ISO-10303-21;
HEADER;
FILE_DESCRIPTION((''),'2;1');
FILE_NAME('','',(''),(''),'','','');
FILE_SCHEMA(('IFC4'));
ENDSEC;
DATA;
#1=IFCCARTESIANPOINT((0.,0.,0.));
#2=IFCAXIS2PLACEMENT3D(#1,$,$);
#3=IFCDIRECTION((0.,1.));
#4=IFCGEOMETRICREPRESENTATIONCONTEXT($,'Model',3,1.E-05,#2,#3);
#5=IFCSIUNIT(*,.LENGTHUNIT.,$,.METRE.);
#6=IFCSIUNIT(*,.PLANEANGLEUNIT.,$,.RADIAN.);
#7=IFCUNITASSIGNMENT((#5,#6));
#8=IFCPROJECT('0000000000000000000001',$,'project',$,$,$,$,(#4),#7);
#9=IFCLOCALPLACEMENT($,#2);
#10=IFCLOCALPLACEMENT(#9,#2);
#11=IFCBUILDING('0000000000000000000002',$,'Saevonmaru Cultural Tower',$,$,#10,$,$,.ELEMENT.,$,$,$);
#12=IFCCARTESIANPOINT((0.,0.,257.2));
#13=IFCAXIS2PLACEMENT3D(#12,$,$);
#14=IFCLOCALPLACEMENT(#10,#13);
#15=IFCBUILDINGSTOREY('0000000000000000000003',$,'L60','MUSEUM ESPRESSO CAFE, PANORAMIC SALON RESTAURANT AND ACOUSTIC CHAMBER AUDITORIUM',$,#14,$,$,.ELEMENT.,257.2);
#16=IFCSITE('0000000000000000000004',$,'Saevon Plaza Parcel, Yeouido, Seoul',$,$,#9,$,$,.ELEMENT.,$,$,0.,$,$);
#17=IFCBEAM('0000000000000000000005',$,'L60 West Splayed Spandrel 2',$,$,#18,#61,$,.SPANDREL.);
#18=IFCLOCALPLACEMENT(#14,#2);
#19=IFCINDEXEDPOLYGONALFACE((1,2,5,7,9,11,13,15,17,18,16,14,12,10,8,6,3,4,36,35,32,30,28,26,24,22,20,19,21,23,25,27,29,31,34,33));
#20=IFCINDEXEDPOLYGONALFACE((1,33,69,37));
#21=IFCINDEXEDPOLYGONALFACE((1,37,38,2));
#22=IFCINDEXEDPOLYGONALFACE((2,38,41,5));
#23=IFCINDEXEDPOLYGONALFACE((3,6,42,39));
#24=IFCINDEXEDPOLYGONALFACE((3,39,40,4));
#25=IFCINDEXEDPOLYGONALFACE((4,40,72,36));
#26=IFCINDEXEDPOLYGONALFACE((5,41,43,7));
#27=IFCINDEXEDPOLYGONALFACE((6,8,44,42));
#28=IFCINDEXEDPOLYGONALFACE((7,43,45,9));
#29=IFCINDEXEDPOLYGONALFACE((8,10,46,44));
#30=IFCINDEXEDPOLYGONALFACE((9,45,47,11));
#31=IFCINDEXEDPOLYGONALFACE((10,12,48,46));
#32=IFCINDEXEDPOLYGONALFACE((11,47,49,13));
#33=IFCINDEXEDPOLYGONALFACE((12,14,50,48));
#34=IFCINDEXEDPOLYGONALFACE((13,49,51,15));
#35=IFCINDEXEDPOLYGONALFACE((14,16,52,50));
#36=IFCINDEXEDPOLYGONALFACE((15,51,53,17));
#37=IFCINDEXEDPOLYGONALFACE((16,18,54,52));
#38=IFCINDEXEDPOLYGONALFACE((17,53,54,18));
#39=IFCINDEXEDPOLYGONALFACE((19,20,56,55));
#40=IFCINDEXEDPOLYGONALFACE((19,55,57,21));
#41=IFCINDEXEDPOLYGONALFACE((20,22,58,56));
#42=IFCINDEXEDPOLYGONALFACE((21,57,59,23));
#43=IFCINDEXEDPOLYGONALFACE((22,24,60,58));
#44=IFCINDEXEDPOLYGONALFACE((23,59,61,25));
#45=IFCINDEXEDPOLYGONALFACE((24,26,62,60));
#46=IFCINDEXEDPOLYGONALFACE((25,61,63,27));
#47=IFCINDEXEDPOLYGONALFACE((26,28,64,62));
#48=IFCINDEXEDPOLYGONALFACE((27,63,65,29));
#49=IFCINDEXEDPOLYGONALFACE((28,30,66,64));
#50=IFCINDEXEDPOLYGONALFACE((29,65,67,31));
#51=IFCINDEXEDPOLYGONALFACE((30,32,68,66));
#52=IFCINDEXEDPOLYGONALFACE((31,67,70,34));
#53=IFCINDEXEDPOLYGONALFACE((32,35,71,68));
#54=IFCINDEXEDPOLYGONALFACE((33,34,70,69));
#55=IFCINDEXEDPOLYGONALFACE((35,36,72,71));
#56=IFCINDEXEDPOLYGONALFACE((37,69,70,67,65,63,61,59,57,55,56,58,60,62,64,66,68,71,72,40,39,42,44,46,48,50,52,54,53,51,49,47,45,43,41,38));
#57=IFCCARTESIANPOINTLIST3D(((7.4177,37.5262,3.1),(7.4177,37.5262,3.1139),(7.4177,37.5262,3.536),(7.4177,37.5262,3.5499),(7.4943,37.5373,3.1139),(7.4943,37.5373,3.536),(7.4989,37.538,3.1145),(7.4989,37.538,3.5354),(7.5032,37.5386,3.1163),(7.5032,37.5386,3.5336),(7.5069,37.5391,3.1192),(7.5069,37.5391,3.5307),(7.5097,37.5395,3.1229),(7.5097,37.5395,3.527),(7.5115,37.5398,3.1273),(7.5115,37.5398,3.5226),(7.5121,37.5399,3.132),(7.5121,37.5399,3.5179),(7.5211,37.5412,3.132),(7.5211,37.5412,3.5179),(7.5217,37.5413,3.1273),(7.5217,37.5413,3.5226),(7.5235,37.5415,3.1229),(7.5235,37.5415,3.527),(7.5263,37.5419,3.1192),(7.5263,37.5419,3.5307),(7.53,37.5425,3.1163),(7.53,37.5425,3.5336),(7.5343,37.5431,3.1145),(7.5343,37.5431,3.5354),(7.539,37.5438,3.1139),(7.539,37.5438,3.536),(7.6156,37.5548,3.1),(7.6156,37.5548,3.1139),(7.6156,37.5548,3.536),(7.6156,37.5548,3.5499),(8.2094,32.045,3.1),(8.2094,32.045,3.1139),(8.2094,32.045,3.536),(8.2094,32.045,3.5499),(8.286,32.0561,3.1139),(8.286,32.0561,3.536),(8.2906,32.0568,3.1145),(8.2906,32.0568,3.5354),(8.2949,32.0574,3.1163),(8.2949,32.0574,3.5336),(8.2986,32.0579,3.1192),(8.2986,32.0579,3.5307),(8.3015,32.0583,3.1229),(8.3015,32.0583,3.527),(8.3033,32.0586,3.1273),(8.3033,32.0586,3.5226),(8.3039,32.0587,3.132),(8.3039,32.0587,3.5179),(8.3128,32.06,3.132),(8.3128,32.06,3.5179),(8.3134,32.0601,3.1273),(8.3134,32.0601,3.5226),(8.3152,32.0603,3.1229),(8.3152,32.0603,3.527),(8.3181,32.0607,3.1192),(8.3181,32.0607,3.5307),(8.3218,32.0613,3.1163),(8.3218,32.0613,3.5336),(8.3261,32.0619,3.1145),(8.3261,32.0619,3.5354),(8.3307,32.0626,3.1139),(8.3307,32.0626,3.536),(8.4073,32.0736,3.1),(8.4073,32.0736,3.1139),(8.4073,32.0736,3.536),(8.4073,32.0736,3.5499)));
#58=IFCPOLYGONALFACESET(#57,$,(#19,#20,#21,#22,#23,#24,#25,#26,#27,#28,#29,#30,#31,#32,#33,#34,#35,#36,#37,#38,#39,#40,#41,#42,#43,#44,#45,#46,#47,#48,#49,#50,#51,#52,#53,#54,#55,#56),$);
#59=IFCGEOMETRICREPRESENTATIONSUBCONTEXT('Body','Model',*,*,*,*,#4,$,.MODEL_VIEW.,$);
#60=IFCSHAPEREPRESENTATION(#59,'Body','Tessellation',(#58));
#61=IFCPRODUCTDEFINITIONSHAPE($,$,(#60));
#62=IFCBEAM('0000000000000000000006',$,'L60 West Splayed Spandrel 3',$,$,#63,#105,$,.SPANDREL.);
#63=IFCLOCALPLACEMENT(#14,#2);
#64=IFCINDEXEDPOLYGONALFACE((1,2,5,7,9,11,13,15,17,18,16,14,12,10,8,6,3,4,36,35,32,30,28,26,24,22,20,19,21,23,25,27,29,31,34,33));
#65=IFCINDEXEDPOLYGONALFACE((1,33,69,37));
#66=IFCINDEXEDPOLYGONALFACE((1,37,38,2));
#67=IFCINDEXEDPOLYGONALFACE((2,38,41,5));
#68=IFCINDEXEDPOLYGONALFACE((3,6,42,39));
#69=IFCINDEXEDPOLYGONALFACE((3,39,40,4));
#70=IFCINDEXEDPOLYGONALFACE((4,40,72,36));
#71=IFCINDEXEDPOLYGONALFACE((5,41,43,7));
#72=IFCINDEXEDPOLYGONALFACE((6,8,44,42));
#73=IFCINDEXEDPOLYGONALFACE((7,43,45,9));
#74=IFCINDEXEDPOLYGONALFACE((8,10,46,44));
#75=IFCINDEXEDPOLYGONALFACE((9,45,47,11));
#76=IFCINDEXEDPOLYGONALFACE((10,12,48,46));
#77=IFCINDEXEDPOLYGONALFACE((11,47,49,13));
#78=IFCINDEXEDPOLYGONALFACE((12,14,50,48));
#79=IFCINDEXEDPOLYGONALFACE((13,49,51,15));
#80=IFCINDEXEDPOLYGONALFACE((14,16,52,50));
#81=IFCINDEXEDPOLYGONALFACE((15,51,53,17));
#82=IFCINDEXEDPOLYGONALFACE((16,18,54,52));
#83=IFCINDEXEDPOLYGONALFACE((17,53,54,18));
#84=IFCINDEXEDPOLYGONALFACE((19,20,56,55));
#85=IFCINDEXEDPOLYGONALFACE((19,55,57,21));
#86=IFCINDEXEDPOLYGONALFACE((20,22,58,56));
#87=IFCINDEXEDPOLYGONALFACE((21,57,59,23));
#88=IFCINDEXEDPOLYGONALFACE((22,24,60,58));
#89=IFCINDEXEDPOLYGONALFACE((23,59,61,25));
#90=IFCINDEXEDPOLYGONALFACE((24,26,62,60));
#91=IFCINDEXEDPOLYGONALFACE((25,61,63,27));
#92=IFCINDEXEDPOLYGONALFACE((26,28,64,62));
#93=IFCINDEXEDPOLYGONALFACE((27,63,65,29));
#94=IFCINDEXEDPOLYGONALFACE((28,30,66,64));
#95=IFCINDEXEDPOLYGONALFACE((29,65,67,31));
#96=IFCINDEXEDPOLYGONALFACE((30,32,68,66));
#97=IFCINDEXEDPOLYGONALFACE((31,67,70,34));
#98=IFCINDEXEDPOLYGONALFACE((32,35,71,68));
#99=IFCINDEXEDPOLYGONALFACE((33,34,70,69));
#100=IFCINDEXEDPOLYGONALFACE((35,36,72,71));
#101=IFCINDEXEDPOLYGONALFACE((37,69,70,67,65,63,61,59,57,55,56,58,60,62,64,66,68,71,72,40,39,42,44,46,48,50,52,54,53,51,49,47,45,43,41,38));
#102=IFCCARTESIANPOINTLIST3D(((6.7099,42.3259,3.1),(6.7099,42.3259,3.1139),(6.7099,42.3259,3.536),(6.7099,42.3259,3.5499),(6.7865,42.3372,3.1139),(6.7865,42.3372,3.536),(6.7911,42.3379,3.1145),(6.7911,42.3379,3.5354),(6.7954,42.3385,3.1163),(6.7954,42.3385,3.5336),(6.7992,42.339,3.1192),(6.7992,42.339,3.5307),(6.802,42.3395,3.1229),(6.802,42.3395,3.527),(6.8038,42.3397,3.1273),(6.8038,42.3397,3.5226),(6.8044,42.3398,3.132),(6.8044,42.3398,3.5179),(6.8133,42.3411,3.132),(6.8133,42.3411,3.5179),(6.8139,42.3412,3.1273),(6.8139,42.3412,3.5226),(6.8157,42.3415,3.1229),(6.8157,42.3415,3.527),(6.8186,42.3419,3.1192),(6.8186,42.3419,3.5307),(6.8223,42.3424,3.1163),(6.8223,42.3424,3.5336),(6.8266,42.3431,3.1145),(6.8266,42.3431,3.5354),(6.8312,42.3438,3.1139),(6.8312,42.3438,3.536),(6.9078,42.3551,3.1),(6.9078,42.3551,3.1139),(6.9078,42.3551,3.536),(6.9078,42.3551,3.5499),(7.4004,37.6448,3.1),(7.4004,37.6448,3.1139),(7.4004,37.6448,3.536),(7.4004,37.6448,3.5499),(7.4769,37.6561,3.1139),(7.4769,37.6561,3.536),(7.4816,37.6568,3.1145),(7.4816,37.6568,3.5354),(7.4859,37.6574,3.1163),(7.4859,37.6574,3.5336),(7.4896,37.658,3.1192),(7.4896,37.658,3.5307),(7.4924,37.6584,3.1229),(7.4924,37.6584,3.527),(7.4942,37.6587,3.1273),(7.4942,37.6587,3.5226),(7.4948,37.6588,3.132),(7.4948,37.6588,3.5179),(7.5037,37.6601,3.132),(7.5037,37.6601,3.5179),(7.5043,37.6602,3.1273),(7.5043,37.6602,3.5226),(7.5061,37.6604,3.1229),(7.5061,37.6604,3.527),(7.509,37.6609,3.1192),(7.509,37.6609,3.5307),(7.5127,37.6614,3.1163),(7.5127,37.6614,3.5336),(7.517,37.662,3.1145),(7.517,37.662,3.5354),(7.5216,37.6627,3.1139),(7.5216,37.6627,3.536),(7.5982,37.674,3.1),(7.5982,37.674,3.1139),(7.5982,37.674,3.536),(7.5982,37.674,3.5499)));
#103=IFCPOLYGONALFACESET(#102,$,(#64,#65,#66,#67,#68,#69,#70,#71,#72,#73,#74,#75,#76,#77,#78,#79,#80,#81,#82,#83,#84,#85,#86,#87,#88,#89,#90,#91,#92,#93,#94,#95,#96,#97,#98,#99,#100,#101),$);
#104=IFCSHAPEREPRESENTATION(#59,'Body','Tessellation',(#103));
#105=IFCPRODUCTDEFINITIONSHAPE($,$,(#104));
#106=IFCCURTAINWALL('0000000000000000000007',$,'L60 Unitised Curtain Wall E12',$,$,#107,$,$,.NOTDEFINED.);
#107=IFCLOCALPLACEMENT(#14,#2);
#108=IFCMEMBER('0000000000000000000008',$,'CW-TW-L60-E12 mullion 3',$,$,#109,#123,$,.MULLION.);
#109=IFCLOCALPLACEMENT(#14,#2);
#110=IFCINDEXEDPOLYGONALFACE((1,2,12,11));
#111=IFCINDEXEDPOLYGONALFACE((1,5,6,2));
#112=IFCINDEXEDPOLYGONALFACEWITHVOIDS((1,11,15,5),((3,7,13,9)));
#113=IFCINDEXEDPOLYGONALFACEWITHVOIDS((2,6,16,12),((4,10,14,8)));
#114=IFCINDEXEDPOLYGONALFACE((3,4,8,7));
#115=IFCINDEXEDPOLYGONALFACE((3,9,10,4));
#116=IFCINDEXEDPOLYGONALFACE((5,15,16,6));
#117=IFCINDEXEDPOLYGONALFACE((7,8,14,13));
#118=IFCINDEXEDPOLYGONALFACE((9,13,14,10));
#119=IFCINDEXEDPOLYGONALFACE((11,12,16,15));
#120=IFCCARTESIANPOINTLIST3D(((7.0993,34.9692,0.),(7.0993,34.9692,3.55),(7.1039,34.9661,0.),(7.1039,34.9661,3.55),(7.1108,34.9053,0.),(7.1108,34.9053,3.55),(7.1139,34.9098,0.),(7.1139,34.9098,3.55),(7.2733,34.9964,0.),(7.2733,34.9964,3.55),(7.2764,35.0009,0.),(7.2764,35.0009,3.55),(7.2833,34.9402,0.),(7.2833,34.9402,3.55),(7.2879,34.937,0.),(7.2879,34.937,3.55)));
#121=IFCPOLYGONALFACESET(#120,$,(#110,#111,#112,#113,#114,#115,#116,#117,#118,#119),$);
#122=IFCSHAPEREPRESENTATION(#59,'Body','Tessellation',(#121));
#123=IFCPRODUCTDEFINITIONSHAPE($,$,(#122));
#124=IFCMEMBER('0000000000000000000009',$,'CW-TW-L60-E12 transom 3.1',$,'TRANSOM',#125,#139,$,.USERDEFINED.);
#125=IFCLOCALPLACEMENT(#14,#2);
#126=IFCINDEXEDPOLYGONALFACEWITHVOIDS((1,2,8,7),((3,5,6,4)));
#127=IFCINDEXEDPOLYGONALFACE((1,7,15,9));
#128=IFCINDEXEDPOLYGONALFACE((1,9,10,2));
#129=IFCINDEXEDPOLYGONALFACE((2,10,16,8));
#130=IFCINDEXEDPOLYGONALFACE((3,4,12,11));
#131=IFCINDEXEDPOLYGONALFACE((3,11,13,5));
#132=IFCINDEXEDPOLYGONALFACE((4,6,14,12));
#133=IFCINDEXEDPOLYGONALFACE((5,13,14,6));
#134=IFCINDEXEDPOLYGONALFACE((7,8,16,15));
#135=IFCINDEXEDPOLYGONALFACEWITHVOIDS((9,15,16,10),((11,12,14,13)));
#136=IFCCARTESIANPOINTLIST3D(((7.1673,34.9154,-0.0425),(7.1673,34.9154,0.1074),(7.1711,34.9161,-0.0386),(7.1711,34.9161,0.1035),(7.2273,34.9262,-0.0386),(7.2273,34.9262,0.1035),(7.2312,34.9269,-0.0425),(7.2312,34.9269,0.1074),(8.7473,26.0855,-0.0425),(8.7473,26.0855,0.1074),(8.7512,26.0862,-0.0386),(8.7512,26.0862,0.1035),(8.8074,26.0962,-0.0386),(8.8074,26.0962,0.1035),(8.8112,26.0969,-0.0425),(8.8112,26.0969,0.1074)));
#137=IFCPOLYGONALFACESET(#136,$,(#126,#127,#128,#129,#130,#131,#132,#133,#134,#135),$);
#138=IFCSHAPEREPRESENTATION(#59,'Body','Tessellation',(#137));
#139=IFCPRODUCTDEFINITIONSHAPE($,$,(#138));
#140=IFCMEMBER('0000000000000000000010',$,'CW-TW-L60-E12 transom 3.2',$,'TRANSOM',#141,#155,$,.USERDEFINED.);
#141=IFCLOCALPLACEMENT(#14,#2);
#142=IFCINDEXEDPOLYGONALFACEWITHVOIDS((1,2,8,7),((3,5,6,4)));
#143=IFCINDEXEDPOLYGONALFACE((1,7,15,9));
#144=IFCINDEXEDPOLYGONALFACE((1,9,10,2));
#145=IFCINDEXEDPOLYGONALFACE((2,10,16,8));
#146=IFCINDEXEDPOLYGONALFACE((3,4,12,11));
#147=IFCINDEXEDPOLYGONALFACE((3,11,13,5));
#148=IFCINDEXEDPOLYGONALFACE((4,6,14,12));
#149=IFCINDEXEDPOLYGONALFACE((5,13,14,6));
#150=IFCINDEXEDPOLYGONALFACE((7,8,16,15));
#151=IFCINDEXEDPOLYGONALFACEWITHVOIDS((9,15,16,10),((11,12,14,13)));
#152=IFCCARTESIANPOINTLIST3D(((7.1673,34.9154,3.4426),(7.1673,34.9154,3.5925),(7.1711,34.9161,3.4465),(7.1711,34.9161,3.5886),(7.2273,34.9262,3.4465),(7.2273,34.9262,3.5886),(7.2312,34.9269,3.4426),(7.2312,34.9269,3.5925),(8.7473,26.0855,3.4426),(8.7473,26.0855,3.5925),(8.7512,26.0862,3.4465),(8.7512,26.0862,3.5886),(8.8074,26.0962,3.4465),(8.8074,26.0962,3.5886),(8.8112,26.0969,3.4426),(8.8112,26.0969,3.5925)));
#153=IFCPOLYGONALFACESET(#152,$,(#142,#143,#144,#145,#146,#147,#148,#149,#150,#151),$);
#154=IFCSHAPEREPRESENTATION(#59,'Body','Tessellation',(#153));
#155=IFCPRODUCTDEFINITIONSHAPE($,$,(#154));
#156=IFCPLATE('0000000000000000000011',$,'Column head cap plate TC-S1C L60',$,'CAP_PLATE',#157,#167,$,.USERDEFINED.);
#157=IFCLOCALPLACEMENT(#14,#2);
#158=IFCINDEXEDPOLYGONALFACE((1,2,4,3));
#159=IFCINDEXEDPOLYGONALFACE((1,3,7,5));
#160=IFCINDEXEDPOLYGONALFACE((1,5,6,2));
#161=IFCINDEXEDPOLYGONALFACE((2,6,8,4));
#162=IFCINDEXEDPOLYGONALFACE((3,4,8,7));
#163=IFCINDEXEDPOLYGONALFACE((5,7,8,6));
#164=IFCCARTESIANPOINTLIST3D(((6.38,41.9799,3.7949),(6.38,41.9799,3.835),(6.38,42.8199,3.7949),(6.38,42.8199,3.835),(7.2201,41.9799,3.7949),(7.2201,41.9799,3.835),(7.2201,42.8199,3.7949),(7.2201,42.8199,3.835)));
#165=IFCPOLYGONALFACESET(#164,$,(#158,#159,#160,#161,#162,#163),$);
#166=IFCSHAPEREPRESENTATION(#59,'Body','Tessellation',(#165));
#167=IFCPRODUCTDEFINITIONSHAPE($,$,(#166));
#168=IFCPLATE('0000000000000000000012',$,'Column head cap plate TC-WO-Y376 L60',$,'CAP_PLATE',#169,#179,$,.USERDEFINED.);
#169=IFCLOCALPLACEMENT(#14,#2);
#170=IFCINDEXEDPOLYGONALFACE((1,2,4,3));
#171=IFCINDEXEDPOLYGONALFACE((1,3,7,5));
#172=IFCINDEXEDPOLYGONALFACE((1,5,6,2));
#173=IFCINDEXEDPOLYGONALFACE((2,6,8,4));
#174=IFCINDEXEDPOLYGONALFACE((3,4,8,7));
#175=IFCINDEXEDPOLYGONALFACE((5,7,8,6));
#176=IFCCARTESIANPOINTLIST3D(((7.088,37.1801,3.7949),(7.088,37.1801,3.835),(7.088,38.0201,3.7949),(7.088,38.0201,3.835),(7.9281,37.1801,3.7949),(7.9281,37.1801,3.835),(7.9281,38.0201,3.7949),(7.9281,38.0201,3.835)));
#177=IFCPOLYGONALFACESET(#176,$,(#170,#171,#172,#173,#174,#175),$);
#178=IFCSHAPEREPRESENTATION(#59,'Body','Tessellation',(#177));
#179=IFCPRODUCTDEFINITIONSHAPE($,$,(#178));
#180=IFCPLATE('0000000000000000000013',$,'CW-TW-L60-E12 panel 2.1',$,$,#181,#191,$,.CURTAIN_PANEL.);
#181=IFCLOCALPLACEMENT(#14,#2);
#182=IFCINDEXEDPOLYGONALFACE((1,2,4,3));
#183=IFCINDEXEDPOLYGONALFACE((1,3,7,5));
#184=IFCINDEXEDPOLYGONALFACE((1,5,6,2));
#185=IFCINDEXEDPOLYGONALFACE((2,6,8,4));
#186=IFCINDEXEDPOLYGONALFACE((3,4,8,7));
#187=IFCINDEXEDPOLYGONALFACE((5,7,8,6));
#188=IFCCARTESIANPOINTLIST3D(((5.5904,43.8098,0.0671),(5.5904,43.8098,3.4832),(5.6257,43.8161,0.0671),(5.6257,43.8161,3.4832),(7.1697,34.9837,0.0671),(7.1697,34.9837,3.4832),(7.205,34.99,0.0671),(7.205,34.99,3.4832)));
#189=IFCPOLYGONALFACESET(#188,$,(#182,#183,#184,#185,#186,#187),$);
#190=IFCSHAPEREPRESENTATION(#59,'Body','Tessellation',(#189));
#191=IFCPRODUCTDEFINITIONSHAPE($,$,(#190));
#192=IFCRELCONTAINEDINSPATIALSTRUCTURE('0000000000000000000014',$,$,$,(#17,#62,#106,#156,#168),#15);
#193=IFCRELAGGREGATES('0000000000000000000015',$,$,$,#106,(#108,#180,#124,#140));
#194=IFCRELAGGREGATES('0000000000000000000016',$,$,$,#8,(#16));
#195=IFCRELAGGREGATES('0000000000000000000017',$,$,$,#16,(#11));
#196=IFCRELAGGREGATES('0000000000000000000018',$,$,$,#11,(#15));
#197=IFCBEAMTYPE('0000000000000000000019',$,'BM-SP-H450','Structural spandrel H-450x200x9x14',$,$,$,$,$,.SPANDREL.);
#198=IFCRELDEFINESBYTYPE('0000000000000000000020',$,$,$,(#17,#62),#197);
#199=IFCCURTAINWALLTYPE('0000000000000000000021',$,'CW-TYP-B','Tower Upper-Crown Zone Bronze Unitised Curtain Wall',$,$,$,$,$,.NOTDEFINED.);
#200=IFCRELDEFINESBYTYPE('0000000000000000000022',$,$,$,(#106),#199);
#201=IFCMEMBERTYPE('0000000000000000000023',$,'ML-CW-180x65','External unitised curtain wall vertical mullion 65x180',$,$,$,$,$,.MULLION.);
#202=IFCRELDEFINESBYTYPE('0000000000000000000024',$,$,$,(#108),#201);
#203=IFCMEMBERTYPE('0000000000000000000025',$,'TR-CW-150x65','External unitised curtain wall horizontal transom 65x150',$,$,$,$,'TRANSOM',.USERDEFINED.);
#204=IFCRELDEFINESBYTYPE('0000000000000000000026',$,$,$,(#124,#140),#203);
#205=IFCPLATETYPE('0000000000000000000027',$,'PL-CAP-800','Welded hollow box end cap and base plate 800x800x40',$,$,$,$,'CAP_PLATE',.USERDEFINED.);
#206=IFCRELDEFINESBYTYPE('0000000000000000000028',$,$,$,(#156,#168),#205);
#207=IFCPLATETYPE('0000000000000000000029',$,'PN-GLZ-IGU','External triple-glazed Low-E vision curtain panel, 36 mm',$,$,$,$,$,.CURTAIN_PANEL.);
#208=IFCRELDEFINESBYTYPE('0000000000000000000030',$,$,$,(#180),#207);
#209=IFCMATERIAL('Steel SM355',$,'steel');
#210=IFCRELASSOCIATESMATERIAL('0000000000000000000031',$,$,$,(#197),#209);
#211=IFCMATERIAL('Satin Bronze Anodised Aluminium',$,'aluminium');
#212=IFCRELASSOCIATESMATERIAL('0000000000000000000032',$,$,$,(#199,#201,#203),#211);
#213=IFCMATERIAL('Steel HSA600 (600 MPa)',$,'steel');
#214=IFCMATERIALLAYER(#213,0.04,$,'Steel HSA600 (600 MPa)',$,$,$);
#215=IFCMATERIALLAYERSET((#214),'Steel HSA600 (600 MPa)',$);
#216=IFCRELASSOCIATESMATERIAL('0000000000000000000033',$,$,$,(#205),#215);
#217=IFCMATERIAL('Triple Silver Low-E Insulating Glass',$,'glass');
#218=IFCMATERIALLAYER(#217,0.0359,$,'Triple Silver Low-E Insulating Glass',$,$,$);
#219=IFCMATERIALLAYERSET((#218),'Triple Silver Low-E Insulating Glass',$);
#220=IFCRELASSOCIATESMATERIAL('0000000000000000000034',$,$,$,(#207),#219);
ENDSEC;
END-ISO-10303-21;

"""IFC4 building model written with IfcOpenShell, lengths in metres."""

from ifc_helpers import new_model, si_unit, direction, frame, origin, origin_2d, place, context, subcontext, project, spatial, rectangle, hollow_rectangle, i_section, extrude, material, layer, layer_set, material_profile, profile_set, type_object, element, aggregate, save


model = new_model("IFC4")

# Units and contexts
model_context = context("Model", 3, precision=1e-05, world=origin(), true_north=direction((0.0, 1.0)))
body_context = subcontext(model_context, "Body", "Model", "MODEL_VIEW")
ifc_project = project(units=[si_unit("LENGTHUNIT", "METRE"), si_unit("PLANEANGLEUNIT", "RADIAN")], contexts=[model_context])

# Site, building, storey
site_placement = place(None, origin())
site = spatial("IfcSite", under=ifc_project, at=site_placement, Name="Saevon Plaza Parcel, Yeouido, Seoul", CompositionType="ELEMENT", RefElevation=0.0)
building_placement = place(site_placement, origin())
building = spatial("IfcBuilding", under=site, at=building_placement, Name="Saevonmaru Cultural Tower", CompositionType="ELEMENT")
storey_placement = place(building_placement, frame((0.0, 0.0, 257.2)))
storey = spatial("IfcBuildingStorey", under=building, at=storey_placement, Name="L60", Description="MUSEUM ESPRESSO CAFE, PANORAMIC SALON RESTAURANT AND ACOUSTIC CHAMBER AUDITORIUM", CompositionType="ELEMENT", Elevation=257.2)

# Beams
ifc_material_1 = material(Name="Steel SM355", Category="steel")
ifc_material_profile_1 = material_profile(ifc_material_1, i_section(OverallWidth=0.2, OverallDepth=0.45, WebThickness=0.009, FlangeThickness=0.0139, FilletRadius=0.0181, at=origin_2d()), Name="H-450x200x9x14")
ifc_profile_set_1 = profile_set([ifc_material_profile_1], Name="Steel SM355")
beam_type_1 = type_object("IfcBeamType", Name="BM-SP-H450", Description="Structural spandrel H-450x200x9x14", PredefinedType="SPANDREL", material=ifc_profile_set_1)
beam_1_placement = place(storey_placement, frame((8.3083, 32.0593, 3.325), z_axis=(-0.142964, 0.989728, 0.0), x_axis=(-0.989728, -0.142964, 0.0)))
element("IfcBeam", 1, at=beam_1_placement, inside=storey, type_object=beam_type_1, Name="L60 West Splayed Spandrel 2", PredefinedType="SPANDREL", context=body_context, shape_type="SweptSolid", body=[
    extrude(i_section(OverallWidth=0.2, OverallDepth=0.45, WebThickness=0.009, FlangeThickness=0.0139, FilletRadius=0.0181, at=origin_2d()), origin(), (0.0, 0.0, 1.0), 5.5381),
])
beam_2_placement = place(storey_placement, frame((7.4993, 37.6594, 3.325), z_axis=(-0.145913, 0.989297, 0.0), x_axis=(-0.989297, -0.145913, 0.0)))
element("IfcBeam", 2, at=beam_2_placement, inside=storey, type_object=beam_type_1, Name="L60 West Splayed Spandrel 3", PredefinedType="SPANDREL", context=body_context, shape_type="SweptSolid", body=[
    extrude(i_section(OverallWidth=0.2, OverallDepth=0.45, WebThickness=0.009, FlangeThickness=0.0139, FilletRadius=0.0181, at=origin_2d()), origin(), (0.0, 0.0, 1.0), 4.7317),
])

# Curtain wall, members
ifc_material_2 = material(Name="Satin Bronze Anodised Aluminium", Category="aluminium")
curtain_wall_type = type_object("IfcCurtainWallType", Name="CW-TYP-B", Description="Tower Upper-Crown Zone Bronze Unitised Curtain Wall", PredefinedType="NOTDEFINED", material=ifc_material_2)
curtain_wall_placement = place(storey_placement, origin())
curtain_wall = element("IfcCurtainWall", 3, at=curtain_wall_placement, inside=storey, type_object=curtain_wall_type, Name="L60 Unitised Curtain Wall E12", PredefinedType="NOTDEFINED")
ifc_material_profile_2 = material_profile(ifc_material_2, hollow_rectangle(XDim=0.0649, YDim=0.1799, WallThickness=0.0039, at=origin_2d()), Name="ALU-MULL-180x65x4")
ifc_profile_set_2 = profile_set([ifc_material_profile_2], Name="Satin Bronze Anodised Aluminium")
member_type_1 = type_object("IfcMemberType", Name="ML-CW-180x65", Description="External unitised curtain wall vertical mullion 65x180", PredefinedType="MULLION", material=ifc_profile_set_2)
member_1_placement = place(storey_placement, frame((7.1936, 34.9531, 0.0), z_axis=(0.0, 0.0, 1.0), x_axis=(0.176141, -0.984365, 0.0)))
member_1 = element("IfcMember", 4, at=member_1_placement, type_object=member_type_1, Name="CW-TW-L60-E12 mullion 3", PredefinedType="MULLION", context=body_context, shape_type="SweptSolid", body=[
    extrude(hollow_rectangle(XDim=0.0649, YDim=0.1799, WallThickness=0.0039, at=origin_2d()), origin(), (0.0, 0.0, 1.0), 3.55),
])
ifc_material_profile_3 = material_profile(ifc_material_2, hollow_rectangle(XDim=0.0649, YDim=0.1499, WallThickness=0.0039, at=origin_2d()), Name="ALU-TRAN-150x65x4")
ifc_profile_set_3 = profile_set([ifc_material_profile_3], Name="Satin Bronze Anodised Aluminium")
member_type_2 = type_object("IfcMemberType", Name="TR-CW-150x65", Description="External unitised curtain wall horizontal transom 65x150", ElementType="TRANSOM", PredefinedType="USERDEFINED", material=ifc_profile_set_3)
member_2_placement = place(storey_placement, frame((7.1992, 34.9211, 0.0325), z_axis=(0.176145, -0.984364, 0.0), x_axis=(0.984364, 0.176145, 0.0)))
member_2 = element("IfcMember", 5, at=member_2_placement, type_object=member_type_2, Name="CW-TW-L60-E12 transom 3.1", ObjectType="TRANSOM", PredefinedType="USERDEFINED", context=body_context, shape_type="SweptSolid", body=[
    extrude(hollow_rectangle(XDim=0.0649, YDim=0.1499, WallThickness=0.0039, at=origin_2d()), origin(), (0.0, 0.0, 1.0), 8.9702),
])
member_3_placement = place(storey_placement, frame((7.1992, 34.9211, 3.5176), z_axis=(0.176145, -0.984364, 0.0), x_axis=(0.984364, 0.176145, 0.0)))
member_3 = element("IfcMember", 6, at=member_3_placement, type_object=member_type_2, Name="CW-TW-L60-E12 transom 3.2", ObjectType="TRANSOM", PredefinedType="USERDEFINED", context=body_context, shape_type="SweptSolid", body=[
    extrude(hollow_rectangle(XDim=0.0649, YDim=0.1499, WallThickness=0.0039, at=origin_2d()), origin(), (0.0, 0.0, 1.0), 8.9702),
])

# Plates
ifc_material_3 = material(Name="Steel HSA600 (600 MPa)", Category="steel")
ifc_layer_1 = layer(ifc_material_3, 0.04, Name="Steel HSA600 (600 MPa)")
ifc_layer_set_1 = layer_set([ifc_layer_1], Name="Steel HSA600 (600 MPa)")
plate_type_1 = type_object("IfcPlateType", Name="PL-CAP-800", Description="Welded hollow box end cap and base plate 800x800x40", ElementType="CAP_PLATE", PredefinedType="USERDEFINED", material=ifc_layer_set_1)
for number, where, z_axis, x_axis, name in (
    (7, (6.8, 42.3999, 3.7949), (0.0, 0.0, 1.0), (1.0, 0.0, 0.0), "Column head cap plate TC-S1C L60"),
    (8, (7.5081, 37.6001, 3.7949), (0.0, 0.0, 1.0), (1.0, 0.0, 0.0), "Column head cap plate TC-WO-Y376 L60"),
):
    element("IfcPlate", number, at=place(storey_placement, frame(where, z_axis=z_axis, x_axis=x_axis)), inside=storey, type_object=plate_type_1, Name=name, ObjectType="CAP_PLATE", PredefinedType="USERDEFINED", context=body_context, shape_type="SweptSolid", body=[
        extrude(rectangle(XDim=0.8401, YDim=0.8401, at=origin_2d()), origin(), (0.0, 0.0, 1.0), 0.04),
    ])

# Plate
ifc_material_4 = material(Name="Triple Silver Low-E Insulating Glass", Category="glass")
ifc_layer_2 = layer(ifc_material_4, 0.0359, Name="Triple Silver Low-E Insulating Glass")
ifc_layer_set_2 = layer_set([ifc_layer_2], Name="Triple Silver Low-E Insulating Glass")
plate_type_2 = type_object("IfcPlateType", Name="PN-GLZ-IGU", Description="External triple-glazed Low-E vision curtain panel, 36 mm", PredefinedType="CURTAIN_PANEL", material=ifc_layer_set_2)
plate_1_placement = place(storey_placement, frame((6.3977, 39.3999, 0.0671), z_axis=(0.0, 0.0, 1.0), x_axis=(0.176141, -0.984365, 0.0)))
plate_1 = element("IfcPlate", 9, at=plate_1_placement, type_object=plate_type_2, Name="CW-TW-L60-E12 panel 2.1", PredefinedType="CURTAIN_PANEL", context=body_context, shape_type="SweptSolid", body=[
    extrude(rectangle(XDim=8.9663, YDim=0.0359, at=origin_2d()), origin(), (0.0, 0.0, 1.0), 3.416),
])
aggregate(curtain_wall, [member_1, plate_1, member_2, member_3])

save(model, "model.ifc")
